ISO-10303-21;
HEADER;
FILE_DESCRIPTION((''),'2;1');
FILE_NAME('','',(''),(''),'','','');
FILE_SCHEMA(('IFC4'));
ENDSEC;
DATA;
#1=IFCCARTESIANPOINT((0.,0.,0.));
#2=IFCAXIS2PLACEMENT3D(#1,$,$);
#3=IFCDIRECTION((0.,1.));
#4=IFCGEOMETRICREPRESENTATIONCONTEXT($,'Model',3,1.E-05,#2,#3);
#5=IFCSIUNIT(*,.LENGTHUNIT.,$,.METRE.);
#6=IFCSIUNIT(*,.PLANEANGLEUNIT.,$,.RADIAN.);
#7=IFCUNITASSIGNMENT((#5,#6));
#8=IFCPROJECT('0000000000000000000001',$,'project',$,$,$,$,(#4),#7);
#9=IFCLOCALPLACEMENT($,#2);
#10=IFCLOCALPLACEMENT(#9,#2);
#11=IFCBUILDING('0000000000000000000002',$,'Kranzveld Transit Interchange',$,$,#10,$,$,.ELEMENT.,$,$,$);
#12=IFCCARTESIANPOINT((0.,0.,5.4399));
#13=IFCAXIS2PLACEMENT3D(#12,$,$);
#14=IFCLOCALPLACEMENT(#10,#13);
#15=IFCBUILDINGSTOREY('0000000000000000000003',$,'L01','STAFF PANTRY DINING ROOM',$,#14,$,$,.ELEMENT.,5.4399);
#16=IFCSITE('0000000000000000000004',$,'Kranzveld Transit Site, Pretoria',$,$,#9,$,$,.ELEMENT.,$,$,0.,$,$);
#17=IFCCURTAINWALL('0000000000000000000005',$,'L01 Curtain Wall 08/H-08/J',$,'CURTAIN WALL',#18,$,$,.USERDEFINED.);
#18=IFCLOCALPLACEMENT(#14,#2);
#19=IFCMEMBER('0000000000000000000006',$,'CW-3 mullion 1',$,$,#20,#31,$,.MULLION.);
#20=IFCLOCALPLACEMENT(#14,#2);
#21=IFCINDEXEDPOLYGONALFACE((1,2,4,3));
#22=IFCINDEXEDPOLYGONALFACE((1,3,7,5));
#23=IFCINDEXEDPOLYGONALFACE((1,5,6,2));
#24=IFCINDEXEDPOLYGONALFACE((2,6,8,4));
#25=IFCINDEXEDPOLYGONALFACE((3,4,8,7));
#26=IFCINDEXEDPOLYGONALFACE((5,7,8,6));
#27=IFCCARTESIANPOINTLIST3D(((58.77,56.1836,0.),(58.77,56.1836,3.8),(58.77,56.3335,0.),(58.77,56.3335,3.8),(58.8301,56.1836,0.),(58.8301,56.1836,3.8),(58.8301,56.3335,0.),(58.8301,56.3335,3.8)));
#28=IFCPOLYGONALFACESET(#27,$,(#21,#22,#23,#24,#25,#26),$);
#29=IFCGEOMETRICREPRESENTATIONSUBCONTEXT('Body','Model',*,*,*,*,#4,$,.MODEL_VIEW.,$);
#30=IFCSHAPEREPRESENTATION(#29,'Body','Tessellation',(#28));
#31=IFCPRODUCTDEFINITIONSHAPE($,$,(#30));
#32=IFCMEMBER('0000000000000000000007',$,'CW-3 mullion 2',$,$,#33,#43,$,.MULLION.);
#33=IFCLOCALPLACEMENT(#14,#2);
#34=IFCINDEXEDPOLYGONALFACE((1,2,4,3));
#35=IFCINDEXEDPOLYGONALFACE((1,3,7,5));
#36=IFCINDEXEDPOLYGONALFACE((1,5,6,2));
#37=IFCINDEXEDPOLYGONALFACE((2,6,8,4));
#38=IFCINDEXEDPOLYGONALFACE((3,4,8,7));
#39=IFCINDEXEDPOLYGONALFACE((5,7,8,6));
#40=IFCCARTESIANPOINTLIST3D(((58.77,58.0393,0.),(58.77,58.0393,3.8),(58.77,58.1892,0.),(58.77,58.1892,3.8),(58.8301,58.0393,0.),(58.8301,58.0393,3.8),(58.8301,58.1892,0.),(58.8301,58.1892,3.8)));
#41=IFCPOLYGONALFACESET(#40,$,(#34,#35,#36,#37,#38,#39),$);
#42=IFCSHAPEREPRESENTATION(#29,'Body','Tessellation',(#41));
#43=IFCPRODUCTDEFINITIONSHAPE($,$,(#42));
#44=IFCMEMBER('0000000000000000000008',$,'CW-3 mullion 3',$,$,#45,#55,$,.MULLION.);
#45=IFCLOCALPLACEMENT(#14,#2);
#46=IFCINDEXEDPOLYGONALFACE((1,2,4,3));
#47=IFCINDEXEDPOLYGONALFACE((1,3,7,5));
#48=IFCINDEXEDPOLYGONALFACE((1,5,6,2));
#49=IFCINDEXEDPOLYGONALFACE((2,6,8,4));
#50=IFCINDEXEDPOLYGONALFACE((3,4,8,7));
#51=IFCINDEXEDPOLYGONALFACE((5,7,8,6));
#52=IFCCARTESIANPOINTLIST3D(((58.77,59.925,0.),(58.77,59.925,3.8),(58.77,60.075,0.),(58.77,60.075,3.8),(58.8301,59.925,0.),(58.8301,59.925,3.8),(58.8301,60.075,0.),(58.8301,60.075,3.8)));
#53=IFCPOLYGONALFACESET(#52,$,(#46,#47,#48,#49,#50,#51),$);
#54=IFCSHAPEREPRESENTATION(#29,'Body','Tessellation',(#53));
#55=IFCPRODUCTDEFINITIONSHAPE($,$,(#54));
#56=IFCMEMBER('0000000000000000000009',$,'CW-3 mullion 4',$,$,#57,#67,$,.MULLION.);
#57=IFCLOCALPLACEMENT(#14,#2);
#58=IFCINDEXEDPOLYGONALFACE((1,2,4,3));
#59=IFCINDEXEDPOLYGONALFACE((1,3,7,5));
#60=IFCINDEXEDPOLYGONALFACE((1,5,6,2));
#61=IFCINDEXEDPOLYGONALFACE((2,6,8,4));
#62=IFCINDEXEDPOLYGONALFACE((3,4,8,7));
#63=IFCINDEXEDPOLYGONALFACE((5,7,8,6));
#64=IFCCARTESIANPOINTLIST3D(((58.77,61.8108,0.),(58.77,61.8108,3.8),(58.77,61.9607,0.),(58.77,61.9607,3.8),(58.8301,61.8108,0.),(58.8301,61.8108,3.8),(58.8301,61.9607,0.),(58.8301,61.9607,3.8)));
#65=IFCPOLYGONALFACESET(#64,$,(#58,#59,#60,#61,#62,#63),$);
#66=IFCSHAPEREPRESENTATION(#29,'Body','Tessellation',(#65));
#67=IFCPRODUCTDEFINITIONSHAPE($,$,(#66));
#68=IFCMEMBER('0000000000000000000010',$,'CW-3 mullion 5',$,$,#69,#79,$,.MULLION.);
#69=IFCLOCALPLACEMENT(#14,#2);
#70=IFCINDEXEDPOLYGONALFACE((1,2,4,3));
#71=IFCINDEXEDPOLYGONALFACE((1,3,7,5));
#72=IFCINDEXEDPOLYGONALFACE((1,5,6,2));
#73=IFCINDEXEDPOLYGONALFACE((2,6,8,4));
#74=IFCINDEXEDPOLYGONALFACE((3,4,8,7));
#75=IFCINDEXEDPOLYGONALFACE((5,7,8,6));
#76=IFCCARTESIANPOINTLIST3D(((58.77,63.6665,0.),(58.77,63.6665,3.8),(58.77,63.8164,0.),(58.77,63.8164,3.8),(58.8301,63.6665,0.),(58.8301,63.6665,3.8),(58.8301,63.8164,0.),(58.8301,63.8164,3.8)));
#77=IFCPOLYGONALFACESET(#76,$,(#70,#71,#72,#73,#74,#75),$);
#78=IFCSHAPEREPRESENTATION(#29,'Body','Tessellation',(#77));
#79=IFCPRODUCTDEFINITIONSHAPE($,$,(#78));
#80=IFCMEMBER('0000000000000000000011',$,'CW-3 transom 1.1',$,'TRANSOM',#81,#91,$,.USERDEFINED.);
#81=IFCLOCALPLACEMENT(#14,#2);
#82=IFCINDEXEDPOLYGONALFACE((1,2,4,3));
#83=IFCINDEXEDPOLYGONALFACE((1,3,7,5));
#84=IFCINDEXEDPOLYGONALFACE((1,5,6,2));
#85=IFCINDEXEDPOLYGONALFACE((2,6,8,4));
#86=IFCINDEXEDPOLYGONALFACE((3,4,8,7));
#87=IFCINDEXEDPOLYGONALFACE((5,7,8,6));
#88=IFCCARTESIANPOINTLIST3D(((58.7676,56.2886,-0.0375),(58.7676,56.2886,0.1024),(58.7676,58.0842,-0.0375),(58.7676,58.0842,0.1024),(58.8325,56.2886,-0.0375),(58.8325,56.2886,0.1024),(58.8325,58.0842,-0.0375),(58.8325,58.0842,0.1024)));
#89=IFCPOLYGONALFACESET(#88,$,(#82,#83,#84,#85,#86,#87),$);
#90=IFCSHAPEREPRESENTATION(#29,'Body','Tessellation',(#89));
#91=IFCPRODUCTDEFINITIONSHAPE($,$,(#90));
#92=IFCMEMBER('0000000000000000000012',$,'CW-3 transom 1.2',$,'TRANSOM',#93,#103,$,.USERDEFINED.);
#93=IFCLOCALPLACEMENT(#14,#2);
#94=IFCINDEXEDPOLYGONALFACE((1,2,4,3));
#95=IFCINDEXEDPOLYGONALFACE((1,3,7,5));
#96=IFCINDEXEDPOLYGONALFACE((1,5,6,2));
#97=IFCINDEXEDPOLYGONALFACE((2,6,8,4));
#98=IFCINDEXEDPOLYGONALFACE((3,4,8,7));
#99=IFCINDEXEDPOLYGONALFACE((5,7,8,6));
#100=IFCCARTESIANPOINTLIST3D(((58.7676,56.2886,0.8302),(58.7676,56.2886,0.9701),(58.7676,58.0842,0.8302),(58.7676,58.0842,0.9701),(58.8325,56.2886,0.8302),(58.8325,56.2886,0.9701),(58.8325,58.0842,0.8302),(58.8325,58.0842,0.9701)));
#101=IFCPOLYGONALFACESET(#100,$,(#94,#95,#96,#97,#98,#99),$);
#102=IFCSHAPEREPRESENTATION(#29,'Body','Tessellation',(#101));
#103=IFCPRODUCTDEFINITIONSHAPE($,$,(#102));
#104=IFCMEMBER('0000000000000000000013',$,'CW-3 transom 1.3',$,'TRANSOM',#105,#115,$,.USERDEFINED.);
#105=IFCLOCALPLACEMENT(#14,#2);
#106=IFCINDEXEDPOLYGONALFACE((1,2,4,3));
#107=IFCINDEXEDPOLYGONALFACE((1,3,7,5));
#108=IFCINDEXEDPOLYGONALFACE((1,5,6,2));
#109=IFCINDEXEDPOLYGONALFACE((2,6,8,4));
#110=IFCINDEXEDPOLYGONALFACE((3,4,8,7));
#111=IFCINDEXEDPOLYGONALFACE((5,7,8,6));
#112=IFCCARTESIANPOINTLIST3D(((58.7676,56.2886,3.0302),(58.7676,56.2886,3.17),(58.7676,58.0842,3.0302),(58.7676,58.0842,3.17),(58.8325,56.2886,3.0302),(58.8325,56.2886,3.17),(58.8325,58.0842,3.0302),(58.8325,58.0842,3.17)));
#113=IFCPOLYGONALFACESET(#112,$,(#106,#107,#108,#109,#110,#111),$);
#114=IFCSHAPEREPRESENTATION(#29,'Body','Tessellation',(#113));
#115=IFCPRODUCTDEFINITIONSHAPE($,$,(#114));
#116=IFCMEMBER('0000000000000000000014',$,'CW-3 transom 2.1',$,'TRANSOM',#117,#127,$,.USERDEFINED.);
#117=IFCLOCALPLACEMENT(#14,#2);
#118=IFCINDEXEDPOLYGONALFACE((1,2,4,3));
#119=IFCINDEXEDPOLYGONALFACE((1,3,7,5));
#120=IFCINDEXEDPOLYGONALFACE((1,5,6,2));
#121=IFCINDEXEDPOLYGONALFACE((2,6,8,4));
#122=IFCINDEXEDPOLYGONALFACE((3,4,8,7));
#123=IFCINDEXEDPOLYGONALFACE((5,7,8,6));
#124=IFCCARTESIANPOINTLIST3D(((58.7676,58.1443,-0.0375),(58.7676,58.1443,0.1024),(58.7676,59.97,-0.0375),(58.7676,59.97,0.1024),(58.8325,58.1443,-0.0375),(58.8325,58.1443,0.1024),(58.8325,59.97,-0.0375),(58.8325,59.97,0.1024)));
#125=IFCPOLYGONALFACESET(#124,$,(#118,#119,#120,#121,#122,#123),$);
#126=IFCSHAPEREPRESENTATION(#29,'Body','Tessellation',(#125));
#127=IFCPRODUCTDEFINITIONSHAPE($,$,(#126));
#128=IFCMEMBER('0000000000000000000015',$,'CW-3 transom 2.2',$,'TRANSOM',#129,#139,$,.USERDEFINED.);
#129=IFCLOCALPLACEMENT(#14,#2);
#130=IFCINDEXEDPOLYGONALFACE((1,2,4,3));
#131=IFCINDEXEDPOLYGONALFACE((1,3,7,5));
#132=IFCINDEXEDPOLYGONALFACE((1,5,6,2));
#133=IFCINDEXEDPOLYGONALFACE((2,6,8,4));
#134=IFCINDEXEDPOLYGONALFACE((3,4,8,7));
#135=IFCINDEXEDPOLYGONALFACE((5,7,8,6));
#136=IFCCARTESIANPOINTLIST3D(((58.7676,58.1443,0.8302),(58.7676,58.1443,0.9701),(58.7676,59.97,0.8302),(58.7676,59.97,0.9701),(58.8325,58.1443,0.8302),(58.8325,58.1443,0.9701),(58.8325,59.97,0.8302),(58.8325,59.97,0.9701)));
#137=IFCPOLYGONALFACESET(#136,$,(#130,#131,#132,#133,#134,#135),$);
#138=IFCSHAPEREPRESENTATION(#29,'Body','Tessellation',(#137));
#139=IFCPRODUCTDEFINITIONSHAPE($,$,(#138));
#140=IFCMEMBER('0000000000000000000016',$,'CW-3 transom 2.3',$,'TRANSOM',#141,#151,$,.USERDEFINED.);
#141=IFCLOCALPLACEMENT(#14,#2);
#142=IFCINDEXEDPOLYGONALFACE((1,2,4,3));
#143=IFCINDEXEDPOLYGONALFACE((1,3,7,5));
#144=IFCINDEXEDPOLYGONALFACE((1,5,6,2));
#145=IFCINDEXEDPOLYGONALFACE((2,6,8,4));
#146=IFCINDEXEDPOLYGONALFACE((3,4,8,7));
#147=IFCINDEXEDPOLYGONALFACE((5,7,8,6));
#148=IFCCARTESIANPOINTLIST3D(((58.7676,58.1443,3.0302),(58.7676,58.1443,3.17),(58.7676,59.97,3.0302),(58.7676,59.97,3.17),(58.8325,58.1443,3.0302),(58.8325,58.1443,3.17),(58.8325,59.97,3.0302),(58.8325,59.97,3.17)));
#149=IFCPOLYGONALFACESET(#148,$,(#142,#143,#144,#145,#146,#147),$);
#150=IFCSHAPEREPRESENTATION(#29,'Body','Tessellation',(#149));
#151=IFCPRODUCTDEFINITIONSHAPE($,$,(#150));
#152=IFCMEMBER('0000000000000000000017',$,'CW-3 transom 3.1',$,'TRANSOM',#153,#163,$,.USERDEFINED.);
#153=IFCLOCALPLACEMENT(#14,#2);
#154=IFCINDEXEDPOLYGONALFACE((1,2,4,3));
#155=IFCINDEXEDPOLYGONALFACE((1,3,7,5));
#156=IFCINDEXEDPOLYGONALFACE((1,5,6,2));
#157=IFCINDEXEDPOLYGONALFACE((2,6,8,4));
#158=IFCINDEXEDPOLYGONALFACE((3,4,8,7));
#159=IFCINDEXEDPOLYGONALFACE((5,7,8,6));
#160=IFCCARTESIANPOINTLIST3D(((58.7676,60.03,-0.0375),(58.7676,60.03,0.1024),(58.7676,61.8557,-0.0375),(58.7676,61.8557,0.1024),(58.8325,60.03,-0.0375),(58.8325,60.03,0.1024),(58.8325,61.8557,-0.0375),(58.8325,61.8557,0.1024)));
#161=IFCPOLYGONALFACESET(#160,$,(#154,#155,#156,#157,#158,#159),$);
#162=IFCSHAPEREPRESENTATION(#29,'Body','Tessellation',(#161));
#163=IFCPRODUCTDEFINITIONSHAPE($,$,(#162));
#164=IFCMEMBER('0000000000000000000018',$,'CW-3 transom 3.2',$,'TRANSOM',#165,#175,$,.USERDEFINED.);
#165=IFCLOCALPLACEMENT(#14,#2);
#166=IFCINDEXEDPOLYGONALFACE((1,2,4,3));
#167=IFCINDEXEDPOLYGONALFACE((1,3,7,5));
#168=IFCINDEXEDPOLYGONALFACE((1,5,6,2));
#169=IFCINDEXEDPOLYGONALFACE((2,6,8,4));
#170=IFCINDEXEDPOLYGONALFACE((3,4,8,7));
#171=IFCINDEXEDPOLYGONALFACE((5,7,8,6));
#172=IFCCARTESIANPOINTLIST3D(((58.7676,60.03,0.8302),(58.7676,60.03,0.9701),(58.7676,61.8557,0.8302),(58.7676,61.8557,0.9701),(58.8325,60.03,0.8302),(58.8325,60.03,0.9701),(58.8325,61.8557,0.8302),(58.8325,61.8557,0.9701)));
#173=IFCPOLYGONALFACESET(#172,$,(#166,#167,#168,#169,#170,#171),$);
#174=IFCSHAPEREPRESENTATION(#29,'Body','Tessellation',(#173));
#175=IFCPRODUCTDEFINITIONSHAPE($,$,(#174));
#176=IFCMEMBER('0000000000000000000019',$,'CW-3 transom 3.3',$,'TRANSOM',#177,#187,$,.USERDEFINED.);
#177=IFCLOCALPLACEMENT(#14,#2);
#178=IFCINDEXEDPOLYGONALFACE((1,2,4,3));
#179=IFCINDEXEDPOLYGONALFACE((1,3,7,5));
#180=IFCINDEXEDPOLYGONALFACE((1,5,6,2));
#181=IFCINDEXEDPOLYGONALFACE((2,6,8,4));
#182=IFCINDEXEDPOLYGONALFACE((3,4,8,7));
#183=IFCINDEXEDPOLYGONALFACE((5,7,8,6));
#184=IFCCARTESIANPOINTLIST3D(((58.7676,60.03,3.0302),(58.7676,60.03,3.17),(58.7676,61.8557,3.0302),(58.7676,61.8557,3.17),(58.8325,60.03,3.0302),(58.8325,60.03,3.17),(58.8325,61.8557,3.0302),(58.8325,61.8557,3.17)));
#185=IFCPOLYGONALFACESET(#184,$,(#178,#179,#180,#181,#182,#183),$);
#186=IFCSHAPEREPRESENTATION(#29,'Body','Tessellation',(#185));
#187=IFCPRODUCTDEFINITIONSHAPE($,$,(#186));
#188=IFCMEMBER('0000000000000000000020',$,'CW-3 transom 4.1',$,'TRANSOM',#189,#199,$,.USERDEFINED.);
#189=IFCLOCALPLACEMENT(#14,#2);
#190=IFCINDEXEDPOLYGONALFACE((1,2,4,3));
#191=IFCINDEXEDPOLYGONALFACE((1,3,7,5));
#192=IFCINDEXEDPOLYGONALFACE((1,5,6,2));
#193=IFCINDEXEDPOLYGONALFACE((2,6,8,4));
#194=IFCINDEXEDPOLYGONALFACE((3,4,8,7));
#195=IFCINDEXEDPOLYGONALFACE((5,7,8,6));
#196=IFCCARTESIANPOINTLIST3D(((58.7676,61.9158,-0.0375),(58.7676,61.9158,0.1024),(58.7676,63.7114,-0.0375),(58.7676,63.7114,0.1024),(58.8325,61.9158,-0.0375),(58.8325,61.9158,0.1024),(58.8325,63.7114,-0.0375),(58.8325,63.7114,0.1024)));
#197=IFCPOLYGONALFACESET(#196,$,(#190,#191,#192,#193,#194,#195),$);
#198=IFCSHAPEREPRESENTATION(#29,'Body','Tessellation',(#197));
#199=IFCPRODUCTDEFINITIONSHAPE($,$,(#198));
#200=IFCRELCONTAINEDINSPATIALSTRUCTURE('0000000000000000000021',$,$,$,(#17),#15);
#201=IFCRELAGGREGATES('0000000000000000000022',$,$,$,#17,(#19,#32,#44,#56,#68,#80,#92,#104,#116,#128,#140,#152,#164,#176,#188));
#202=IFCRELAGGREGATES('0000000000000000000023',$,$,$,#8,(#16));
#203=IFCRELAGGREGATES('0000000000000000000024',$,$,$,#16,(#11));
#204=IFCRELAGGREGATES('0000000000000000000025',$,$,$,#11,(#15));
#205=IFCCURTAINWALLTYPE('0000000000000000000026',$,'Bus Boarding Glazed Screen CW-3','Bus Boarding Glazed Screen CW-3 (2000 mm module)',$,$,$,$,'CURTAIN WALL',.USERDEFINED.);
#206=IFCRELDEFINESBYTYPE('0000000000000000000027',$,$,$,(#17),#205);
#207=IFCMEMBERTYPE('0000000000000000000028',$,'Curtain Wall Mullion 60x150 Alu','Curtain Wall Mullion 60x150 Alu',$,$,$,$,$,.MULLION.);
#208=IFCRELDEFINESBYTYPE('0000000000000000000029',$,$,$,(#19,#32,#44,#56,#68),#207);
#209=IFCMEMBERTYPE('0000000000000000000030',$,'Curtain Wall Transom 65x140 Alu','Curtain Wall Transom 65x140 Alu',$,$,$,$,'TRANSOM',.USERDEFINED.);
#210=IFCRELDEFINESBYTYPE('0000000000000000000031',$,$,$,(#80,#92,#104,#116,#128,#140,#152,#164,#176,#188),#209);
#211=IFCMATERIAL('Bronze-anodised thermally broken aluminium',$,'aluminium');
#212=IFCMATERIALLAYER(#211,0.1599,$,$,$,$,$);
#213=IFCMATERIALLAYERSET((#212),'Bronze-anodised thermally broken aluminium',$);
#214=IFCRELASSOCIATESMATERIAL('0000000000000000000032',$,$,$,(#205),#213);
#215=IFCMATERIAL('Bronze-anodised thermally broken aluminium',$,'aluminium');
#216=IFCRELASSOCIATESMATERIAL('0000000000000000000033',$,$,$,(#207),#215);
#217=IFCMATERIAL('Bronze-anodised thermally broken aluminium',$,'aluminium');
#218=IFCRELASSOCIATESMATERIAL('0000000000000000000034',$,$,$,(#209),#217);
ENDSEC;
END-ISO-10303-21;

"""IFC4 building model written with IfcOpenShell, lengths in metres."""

from ifc_helpers import new_model, si_unit, direction, frame, origin, origin_2d, place, context, subcontext, project, spatial, rectangle, extrude, material, layer, layer_set, material_profile, profile_set, type_object, element, aggregate, save


model = new_model("IFC4")

# Units and contexts
model_context = context("Model", 3, precision=1e-05, world=origin(), true_north=direction((0.0, 1.0)))
body_context = subcontext(model_context, "Body", "Model", "MODEL_VIEW")
ifc_project = project(units=[si_unit("LENGTHUNIT", "METRE"), si_unit("PLANEANGLEUNIT", "RADIAN")], contexts=[model_context])

# Site, building, storey
site_placement = place(None, origin())
site = spatial("IfcSite", under=ifc_project, at=site_placement, Name="Kranzveld Transit Site, Pretoria", CompositionType="ELEMENT", RefElevation=0.0)
building_placement = place(site_placement, origin())
building = spatial("IfcBuilding", under=site, at=building_placement, Name="Kranzveld Transit Interchange", CompositionType="ELEMENT")
storey_placement = place(building_placement, frame((0.0, 0.0, 5.4399)))
storey = spatial("IfcBuildingStorey", under=building, at=storey_placement, Name="L01", Description="STAFF PANTRY DINING ROOM", CompositionType="ELEMENT", Elevation=5.4399)

# Curtain wall, members
ifc_material_1 = material(Name="Bronze-anodised thermally broken aluminium", Category="aluminium")
ifc_layer_1 = layer(ifc_material_1, 0.1599)
ifc_layer_set_1 = layer_set([ifc_layer_1], Name="Bronze-anodised thermally broken aluminium")
curtain_wall_type = type_object("IfcCurtainWallType", Name="Bus Boarding Glazed Screen CW-3", Description="Bus Boarding Glazed Screen CW-3 (2000 mm module)", ElementType="CURTAIN WALL", PredefinedType="USERDEFINED", material=ifc_layer_set_1)
curtain_wall_placement = place(storey_placement, origin())
curtain_wall = element("IfcCurtainWall", 1, at=curtain_wall_placement, inside=storey, type_object=curtain_wall_type, Name="L01 Curtain Wall 08/H-08/J", ObjectType="CURTAIN WALL", PredefinedType="USERDEFINED")
ifc_material_2 = material(Name="Bronze-anodised thermally broken aluminium", Category="aluminium")
ifc_material_profile_1 = material_profile(ifc_material_2, rectangle(XDim=0.0601, YDim=0.1499, at=origin_2d()), Name="ALU MULLION 60x150")
ifc_profile_set_1 = profile_set([ifc_material_profile_1], Name="Bronze-anodised thermally broken aluminium")
member_type_1 = type_object("IfcMemberType", Name="Curtain Wall Mullion 60x150 Alu", Description="Curtain Wall Mullion 60x150 Alu", PredefinedType="MULLION", material=ifc_profile_set_1)
member_1_placement = place(storey_placement, frame((58.8, 56.2585, 0.0), z_axis=(0.0, 0.0, 1.0), x_axis=(-1.0, 0.0, 0.0)))
member_1 = element("IfcMember", 2, at=member_1_placement, type_object=member_type_1, Name="CW-3 mullion 1", PredefinedType="MULLION", context=body_context, shape_type="SweptSolid", body=[
    extrude(rectangle(XDim=0.0601, YDim=0.1499, at=origin_2d()), origin(), (0.0, 0.0, 1.0), 3.8),
])
member_2_placement = place(storey_placement, frame((58.8, 58.1143, 0.0), z_axis=(0.0, 0.0, 1.0), x_axis=(-1.0, 0.0, 0.0)))
member_2 = element("IfcMember", 3, at=member_2_placement, type_object=member_type_1, Name="CW-3 mullion 2", PredefinedType="MULLION", context=body_context, shape_type="SweptSolid", body=[
    extrude(rectangle(XDim=0.0601, YDim=0.1499, at=origin_2d()), origin(), (0.0, 0.0, 1.0), 3.8),
])
member_3_placement = place(storey_placement, frame((58.8, 60.0, 0.0), z_axis=(0.0, 0.0, 1.0), x_axis=(-1.0, 0.0, 0.0)))
member_3 = element("IfcMember", 4, at=member_3_placement, type_object=member_type_1, Name="CW-3 mullion 3", PredefinedType="MULLION", context=body_context, shape_type="SweptSolid", body=[
    extrude(rectangle(XDim=0.0601, YDim=0.1499, at=origin_2d()), origin(), (0.0, 0.0, 1.0), 3.8),
])
member_4_placement = place(storey_placement, frame((58.8, 61.8857, 0.0), z_axis=(0.0, 0.0, 1.0), x_axis=(-1.0, 0.0, 0.0)))
member_4 = element("IfcMember", 5, at=member_4_placement, type_object=member_type_1, Name="CW-3 mullion 4", PredefinedType="MULLION", context=body_context, shape_type="SweptSolid", body=[
    extrude(rectangle(XDim=0.0601, YDim=0.1499, at=origin_2d()), origin(), (0.0, 0.0, 1.0), 3.8),
])
member_5_placement = place(storey_placement, frame((58.8, 63.7415, 0.0), z_axis=(0.0, 0.0, 1.0), x_axis=(-1.0, 0.0, 0.0)))
member_5 = element("IfcMember", 6, at=member_5_placement, type_object=member_type_1, Name="CW-3 mullion 5", PredefinedType="MULLION", context=body_context, shape_type="SweptSolid", body=[
    extrude(rectangle(XDim=0.0601, YDim=0.1499, at=origin_2d()), origin(), (0.0, 0.0, 1.0), 3.8),
])
ifc_material_3 = material(Name="Bronze-anodised thermally broken aluminium", Category="aluminium")
ifc_material_profile_2 = material_profile(ifc_material_3, rectangle(XDim=0.0649, YDim=0.1399, at=origin_2d()), Name="ALU TRANSOM 65x140")
ifc_profile_set_2 = profile_set([ifc_material_profile_2], Name="Bronze-anodised thermally broken aluminium")
member_type_2 = type_object("IfcMemberType", Name="Curtain Wall Transom 65x140 Alu", Description="Curtain Wall Transom 65x140 Alu", ElementType="TRANSOM", PredefinedType="USERDEFINED", material=ifc_profile_set_2)
member_6_placement = place(storey_placement, frame((58.8, 56.2886, 0.0325), z_axis=(0.0, 1.0, 0.0), x_axis=(-1.0, 0.0, 0.0)))
member_6 = element("IfcMember", 7, at=member_6_placement, type_object=member_type_2, Name="CW-3 transom 1.1", ObjectType="TRANSOM", PredefinedType="USERDEFINED", context=body_context, shape_type="SweptSolid", body=[
    extrude(rectangle(XDim=0.0649, YDim=0.1399, at=origin_2d()), origin(), (0.0, 0.0, 1.0), 1.7957),
])
member_7_placement = place(storey_placement, frame((58.8, 56.2886, 0.9001), z_axis=(0.0, 1.0, 0.0), x_axis=(-1.0, 0.0, 0.0)))
member_7 = element("IfcMember", 8, at=member_7_placement, type_object=member_type_2, Name="CW-3 transom 1.2", ObjectType="TRANSOM", PredefinedType="USERDEFINED", context=body_context, shape_type="SweptSolid", body=[
    extrude(rectangle(XDim=0.0649, YDim=0.1399, at=origin_2d()), origin(), (0.0, 0.0, 1.0), 1.7957),
])
member_8_placement = place(storey_placement, frame((58.8, 56.2886, 3.1001), z_axis=(0.0, 1.0, 0.0), x_axis=(-1.0, 0.0, 0.0)))
member_8 = element("IfcMember", 9, at=member_8_placement, type_object=member_type_2, Name="CW-3 transom 1.3", ObjectType="TRANSOM", PredefinedType="USERDEFINED", context=body_context, shape_type="SweptSolid", body=[
    extrude(rectangle(XDim=0.0649, YDim=0.1399, at=origin_2d()), origin(), (0.0, 0.0, 1.0), 1.7957),
])
member_9_placement = place(storey_placement, frame((58.8, 58.1443, 0.0325), z_axis=(0.0, 1.0, 0.0), x_axis=(-1.0, 0.0, 0.0)))
member_9 = element("IfcMember", 10, at=member_9_placement, type_object=member_type_2, Name="CW-3 transom 2.1", ObjectType="TRANSOM", PredefinedType="USERDEFINED", context=body_context, shape_type="SweptSolid", body=[
    extrude(rectangle(XDim=0.0649, YDim=0.1399, at=origin_2d()), origin(), (0.0, 0.0, 1.0), 1.8257),
])
member_10_placement = place(storey_placement, frame((58.8, 58.1443, 0.9001), z_axis=(0.0, 1.0, 0.0), x_axis=(-1.0, 0.0, 0.0)))
member_10 = element("IfcMember", 11, at=member_10_placement, type_object=member_type_2, Name="CW-3 transom 2.2", ObjectType="TRANSOM", PredefinedType="USERDEFINED", context=body_context, shape_type="SweptSolid", body=[
    extrude(rectangle(XDim=0.0649, YDim=0.1399, at=origin_2d()), origin(), (0.0, 0.0, 1.0), 1.8257),
])
member_11_placement = place(storey_placement, frame((58.8, 58.1443, 3.1001), z_axis=(0.0, 1.0, 0.0), x_axis=(-1.0, 0.0, 0.0)))
member_11 = element("IfcMember", 12, at=member_11_placement, type_object=member_type_2, Name="CW-3 transom 2.3", ObjectType="TRANSOM", PredefinedType="USERDEFINED", context=body_context, shape_type="SweptSolid", body=[
    extrude(rectangle(XDim=0.0649, YDim=0.1399, at=origin_2d()), origin(), (0.0, 0.0, 1.0), 1.8257),
])
member_12_placement = place(storey_placement, frame((58.8, 60.03, 0.0325), z_axis=(0.0, 1.0, 0.0), x_axis=(-1.0, 0.0, 0.0)))
member_12 = element("IfcMember", 13, at=member_12_placement, type_object=member_type_2, Name="CW-3 transom 3.1", ObjectType="TRANSOM", PredefinedType="USERDEFINED", context=body_context, shape_type="SweptSolid", body=[
    extrude(rectangle(XDim=0.0649, YDim=0.1399, at=origin_2d()), origin(), (0.0, 0.0, 1.0), 1.8257),
])
member_13_placement = place(storey_placement, frame((58.8, 60.03, 0.9001), z_axis=(0.0, 1.0, 0.0), x_axis=(-1.0, 0.0, 0.0)))
member_13 = element("IfcMember", 14, at=member_13_placement, type_object=member_type_2, Name="CW-3 transom 3.2", ObjectType="TRANSOM", PredefinedType="USERDEFINED", context=body_context, shape_type="SweptSolid", body=[
    extrude(rectangle(XDim=0.0649, YDim=0.1399, at=origin_2d()), origin(), (0.0, 0.0, 1.0), 1.8257),
])
member_14_placement = place(storey_placement, frame((58.8, 60.03, 3.1001), z_axis=(0.0, 1.0, 0.0), x_axis=(-1.0, 0.0, 0.0)))
member_14 = element("IfcMember", 15, at=member_14_placement, type_object=member_type_2, Name="CW-3 transom 3.3", ObjectType="TRANSOM", PredefinedType="USERDEFINED", context=body_context, shape_type="SweptSolid", body=[
    extrude(rectangle(XDim=0.0649, YDim=0.1399, at=origin_2d()), origin(), (0.0, 0.0, 1.0), 1.8257),
])
member_15_placement = place(storey_placement, frame((58.8, 61.9158, 0.0325), z_axis=(0.0, 1.0, 0.0), x_axis=(-1.0, 0.0, 0.0)))
member_15 = element("IfcMember", 16, at=member_15_placement, type_object=member_type_2, Name="CW-3 transom 4.1", ObjectType="TRANSOM", PredefinedType="USERDEFINED", context=body_context, shape_type="SweptSolid", body=[
    extrude(rectangle(XDim=0.0649, YDim=0.1399, at=origin_2d()), origin(), (0.0, 0.0, 1.0), 1.7957),
])
aggregate(curtain_wall, [member_1, member_2, member_3, member_4, member_5, member_6, member_7, member_8, member_9, member_10, member_11, member_12, member_13, member_14, member_15])

save(model, "model.ifc")
